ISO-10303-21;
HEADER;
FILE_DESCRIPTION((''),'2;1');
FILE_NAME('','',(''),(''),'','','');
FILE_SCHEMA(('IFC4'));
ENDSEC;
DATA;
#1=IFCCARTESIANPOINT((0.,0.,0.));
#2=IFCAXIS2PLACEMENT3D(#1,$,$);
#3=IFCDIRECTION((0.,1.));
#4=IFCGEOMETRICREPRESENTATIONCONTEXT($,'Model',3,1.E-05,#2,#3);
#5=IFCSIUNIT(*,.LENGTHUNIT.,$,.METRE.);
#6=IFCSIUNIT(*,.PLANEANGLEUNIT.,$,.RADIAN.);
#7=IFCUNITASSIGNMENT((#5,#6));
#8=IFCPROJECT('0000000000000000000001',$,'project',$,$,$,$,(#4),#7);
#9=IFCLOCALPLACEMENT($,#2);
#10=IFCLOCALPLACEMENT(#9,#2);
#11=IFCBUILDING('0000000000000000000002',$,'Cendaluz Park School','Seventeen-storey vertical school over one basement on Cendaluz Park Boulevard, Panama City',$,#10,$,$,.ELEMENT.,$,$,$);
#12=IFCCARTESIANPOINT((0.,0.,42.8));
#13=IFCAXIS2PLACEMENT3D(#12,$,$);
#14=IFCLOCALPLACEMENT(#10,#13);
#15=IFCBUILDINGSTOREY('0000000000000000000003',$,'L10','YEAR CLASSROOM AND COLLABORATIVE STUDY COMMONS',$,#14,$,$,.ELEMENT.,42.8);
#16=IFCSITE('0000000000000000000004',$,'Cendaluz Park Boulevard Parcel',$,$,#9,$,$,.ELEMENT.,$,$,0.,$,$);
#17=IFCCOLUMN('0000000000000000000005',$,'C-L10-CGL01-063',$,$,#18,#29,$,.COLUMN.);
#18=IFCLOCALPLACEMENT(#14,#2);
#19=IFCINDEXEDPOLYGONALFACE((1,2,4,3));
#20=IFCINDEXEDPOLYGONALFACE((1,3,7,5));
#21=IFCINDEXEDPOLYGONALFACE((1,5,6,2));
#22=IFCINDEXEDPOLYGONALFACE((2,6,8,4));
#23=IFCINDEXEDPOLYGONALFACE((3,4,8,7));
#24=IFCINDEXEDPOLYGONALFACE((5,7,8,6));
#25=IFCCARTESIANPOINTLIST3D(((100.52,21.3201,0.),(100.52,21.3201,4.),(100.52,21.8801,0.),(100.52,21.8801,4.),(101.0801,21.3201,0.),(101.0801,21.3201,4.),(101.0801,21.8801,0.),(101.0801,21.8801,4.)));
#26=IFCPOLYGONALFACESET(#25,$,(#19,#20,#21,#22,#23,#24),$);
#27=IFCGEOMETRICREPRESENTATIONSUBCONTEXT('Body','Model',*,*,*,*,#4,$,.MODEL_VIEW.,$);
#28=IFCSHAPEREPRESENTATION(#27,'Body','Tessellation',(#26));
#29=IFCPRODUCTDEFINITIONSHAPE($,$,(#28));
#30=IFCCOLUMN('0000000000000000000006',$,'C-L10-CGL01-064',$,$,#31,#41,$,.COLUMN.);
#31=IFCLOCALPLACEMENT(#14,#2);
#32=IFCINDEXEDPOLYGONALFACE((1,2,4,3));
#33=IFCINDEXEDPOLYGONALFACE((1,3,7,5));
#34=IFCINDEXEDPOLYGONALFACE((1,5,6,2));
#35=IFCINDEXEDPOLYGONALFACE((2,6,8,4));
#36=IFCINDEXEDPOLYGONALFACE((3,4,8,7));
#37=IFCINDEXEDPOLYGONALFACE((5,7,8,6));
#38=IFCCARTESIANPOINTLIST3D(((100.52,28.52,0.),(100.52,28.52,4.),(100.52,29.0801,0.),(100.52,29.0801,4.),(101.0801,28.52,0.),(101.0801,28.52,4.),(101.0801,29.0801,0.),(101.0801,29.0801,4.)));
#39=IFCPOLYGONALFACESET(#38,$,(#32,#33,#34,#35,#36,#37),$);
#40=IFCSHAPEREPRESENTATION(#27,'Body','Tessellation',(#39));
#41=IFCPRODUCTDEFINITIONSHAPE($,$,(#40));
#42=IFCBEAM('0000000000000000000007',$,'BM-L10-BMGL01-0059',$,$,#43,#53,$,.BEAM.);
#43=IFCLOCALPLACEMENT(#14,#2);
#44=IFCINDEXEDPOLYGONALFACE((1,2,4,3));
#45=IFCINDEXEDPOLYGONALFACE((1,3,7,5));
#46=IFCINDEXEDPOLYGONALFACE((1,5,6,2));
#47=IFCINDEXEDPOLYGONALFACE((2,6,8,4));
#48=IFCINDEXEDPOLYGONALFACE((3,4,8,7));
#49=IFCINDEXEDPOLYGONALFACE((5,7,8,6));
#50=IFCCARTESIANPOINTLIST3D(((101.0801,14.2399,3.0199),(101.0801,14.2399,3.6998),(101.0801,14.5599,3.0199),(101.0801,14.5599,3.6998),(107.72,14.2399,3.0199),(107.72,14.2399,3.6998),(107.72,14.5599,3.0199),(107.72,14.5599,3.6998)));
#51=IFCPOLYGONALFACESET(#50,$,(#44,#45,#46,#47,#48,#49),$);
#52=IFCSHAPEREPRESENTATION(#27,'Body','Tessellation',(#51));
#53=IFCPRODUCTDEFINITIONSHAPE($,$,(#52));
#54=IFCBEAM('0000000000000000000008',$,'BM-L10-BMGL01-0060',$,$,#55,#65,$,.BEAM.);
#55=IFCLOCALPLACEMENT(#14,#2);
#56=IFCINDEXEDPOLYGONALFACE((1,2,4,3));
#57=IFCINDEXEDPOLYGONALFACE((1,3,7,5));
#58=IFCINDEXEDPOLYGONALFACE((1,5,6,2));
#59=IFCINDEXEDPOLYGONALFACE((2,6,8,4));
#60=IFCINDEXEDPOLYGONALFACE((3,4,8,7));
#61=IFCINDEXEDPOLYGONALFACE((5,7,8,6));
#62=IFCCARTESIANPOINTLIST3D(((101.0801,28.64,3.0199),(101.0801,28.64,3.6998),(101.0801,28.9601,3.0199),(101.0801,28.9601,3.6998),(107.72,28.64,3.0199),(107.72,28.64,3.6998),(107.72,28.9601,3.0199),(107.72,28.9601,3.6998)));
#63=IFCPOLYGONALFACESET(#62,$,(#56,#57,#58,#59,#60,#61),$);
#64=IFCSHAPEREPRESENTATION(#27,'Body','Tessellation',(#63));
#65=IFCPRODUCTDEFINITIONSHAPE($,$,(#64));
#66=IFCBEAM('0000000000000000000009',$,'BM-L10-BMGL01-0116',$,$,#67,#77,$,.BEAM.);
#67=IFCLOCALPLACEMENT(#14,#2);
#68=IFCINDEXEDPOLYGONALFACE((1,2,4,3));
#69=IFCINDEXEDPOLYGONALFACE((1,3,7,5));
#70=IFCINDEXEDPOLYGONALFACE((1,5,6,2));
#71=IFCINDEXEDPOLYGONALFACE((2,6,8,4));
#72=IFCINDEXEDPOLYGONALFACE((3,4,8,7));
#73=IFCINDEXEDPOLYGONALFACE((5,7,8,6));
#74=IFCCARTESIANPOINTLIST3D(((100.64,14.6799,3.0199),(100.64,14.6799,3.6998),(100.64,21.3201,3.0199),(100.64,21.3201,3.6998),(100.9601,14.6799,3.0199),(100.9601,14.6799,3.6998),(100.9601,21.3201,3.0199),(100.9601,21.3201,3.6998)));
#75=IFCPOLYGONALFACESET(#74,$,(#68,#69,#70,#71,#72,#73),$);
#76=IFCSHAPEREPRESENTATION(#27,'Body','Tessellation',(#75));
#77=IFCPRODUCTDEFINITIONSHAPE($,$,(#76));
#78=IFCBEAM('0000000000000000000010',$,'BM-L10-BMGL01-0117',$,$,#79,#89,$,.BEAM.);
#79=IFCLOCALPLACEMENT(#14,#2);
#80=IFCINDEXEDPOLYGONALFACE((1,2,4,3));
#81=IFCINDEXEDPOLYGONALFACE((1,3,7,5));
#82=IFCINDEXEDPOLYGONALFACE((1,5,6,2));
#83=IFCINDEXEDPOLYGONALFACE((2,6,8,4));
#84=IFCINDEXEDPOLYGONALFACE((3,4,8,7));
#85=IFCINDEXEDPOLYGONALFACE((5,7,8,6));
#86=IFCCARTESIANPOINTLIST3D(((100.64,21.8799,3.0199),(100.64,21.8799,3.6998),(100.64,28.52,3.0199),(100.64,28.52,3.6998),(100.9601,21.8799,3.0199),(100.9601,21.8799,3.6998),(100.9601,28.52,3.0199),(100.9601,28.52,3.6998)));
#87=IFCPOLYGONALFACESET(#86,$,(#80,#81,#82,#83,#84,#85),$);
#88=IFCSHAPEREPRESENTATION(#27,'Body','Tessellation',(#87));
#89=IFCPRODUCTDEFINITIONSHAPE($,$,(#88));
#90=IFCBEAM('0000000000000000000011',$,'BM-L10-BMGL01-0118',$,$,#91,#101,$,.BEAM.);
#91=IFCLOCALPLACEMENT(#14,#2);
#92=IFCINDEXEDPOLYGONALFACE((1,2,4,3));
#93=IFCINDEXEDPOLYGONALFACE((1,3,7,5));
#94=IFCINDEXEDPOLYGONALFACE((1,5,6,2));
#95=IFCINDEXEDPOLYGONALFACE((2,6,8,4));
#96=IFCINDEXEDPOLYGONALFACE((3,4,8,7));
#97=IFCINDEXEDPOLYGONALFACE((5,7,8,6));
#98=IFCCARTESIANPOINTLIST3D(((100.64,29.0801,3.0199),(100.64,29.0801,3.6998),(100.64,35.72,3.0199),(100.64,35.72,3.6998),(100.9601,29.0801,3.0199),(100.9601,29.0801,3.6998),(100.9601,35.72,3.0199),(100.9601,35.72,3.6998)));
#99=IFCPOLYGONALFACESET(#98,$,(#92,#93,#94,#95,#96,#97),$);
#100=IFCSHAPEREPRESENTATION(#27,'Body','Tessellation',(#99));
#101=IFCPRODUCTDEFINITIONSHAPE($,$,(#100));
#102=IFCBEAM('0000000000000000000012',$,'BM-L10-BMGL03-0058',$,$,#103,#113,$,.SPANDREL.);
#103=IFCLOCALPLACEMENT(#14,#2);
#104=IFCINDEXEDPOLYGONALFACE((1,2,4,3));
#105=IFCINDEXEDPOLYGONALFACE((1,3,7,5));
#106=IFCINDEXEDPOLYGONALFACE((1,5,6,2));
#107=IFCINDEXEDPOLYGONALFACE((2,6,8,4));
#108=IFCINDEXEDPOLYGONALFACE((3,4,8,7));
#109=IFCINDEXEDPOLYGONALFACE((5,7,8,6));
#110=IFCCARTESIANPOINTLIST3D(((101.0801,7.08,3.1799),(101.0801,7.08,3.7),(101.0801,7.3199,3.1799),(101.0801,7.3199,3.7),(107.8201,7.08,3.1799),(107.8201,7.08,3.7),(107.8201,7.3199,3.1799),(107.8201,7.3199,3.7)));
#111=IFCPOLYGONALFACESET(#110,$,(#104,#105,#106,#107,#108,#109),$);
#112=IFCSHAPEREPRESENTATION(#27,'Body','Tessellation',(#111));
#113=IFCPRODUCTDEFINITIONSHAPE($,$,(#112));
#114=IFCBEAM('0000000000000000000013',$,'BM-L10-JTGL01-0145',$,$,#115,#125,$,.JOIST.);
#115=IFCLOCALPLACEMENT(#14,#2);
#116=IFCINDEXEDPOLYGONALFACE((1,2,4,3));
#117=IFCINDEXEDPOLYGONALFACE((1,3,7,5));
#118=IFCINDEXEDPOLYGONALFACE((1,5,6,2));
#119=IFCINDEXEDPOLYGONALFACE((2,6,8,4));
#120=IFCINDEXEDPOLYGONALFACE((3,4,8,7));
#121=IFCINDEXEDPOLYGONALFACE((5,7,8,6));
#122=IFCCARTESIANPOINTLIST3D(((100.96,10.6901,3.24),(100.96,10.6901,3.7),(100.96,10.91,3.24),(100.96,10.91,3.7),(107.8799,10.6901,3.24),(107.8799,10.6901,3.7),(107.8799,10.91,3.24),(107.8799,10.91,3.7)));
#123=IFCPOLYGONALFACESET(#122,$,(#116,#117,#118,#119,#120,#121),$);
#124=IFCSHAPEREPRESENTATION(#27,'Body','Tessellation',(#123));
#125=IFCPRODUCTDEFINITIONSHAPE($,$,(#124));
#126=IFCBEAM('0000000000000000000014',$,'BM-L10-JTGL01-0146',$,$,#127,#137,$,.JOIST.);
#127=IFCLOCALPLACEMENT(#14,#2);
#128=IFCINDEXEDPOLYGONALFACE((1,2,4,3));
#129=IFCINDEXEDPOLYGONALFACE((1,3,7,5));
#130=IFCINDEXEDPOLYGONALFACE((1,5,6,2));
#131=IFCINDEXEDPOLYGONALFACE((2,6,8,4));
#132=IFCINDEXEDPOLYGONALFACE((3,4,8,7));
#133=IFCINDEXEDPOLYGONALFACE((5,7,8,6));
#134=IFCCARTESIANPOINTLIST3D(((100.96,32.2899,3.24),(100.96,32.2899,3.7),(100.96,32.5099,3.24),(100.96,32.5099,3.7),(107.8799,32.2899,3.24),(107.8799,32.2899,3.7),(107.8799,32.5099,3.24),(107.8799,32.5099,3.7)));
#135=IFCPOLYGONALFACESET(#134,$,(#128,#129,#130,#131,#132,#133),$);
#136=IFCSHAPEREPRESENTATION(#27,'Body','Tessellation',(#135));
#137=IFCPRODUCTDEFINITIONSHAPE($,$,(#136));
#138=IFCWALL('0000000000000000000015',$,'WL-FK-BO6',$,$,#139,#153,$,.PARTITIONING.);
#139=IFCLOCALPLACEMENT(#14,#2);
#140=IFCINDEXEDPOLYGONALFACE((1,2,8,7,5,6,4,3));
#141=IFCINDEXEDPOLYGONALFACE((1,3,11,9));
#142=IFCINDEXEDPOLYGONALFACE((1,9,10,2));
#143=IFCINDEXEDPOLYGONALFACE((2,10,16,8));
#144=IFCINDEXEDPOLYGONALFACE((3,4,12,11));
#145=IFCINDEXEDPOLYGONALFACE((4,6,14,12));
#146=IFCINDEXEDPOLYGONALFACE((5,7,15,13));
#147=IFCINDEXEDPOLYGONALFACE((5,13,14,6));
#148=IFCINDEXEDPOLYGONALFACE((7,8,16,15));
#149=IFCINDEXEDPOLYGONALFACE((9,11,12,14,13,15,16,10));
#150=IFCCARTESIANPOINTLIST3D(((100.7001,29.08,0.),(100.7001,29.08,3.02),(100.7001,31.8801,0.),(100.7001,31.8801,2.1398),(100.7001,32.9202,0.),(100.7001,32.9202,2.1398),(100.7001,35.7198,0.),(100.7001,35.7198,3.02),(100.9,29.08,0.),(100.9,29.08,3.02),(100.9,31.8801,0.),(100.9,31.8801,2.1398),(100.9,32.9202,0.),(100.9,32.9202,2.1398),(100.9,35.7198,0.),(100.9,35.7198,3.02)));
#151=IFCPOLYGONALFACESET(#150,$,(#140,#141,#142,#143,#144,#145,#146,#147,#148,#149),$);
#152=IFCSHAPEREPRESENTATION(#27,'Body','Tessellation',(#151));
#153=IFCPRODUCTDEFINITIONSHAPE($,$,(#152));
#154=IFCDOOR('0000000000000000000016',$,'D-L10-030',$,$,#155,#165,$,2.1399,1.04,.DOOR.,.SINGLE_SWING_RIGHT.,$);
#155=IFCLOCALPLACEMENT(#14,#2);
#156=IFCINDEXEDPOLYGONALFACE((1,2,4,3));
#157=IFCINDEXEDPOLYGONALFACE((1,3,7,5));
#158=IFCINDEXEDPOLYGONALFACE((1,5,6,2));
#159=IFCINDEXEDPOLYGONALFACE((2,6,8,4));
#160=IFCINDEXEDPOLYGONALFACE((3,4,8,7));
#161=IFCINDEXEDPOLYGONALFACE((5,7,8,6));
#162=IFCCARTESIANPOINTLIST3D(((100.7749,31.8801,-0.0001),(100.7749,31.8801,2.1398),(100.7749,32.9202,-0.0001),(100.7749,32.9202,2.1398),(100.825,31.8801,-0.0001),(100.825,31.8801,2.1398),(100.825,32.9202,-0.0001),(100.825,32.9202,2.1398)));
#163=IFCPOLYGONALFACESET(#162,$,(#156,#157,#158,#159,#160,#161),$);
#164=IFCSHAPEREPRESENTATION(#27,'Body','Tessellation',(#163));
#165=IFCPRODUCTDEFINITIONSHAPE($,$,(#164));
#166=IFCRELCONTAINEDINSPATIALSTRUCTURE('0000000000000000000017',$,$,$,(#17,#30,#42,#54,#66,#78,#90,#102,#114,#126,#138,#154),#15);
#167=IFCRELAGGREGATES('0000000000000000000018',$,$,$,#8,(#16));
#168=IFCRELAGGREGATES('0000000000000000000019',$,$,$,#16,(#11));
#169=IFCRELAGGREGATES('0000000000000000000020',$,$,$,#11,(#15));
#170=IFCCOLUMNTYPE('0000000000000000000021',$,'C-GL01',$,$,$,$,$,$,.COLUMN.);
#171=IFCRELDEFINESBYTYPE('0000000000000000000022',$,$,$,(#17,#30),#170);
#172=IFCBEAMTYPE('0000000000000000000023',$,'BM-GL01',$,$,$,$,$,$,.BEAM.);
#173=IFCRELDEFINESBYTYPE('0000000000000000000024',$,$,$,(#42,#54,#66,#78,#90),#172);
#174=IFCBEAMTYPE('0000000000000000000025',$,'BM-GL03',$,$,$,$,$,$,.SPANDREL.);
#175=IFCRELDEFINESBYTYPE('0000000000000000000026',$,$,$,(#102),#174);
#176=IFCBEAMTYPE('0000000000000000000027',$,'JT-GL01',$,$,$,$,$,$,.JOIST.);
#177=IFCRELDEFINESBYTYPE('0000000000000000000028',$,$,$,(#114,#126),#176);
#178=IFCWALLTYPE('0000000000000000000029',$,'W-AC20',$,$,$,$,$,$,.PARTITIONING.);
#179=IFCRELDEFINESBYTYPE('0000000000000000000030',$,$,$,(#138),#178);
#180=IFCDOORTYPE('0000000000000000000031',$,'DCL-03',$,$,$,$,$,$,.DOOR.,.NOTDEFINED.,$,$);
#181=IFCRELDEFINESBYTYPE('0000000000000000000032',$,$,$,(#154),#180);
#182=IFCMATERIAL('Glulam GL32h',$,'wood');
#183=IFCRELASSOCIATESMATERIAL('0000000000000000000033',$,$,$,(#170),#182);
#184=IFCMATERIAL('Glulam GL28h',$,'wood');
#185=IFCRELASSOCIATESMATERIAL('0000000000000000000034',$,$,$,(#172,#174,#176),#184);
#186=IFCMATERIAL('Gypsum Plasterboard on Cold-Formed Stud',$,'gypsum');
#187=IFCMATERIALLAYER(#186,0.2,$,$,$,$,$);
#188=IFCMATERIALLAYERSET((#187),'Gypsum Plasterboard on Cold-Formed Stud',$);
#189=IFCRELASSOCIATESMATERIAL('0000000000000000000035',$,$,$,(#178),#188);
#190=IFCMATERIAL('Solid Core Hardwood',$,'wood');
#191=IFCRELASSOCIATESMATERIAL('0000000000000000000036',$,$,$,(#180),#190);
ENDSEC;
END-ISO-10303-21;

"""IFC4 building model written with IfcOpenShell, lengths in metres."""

from ifc_helpers import new_model, si_unit, direction, frame, frame_2d, origin, origin_2d, place, context, subcontext, project, spatial, rectangle, extrude, material, layer, layer_set, material_profile, profile_set, type_object, element, fill, save


model = new_model("IFC4")

# Units and contexts
model_context = context("Model", 3, precision=1e-05, world=origin(), true_north=direction((0.0, 1.0)))
body_context = subcontext(model_context, "Body", "Model", "MODEL_VIEW")
ifc_project = project(units=[si_unit("LENGTHUNIT", "METRE"), si_unit("PLANEANGLEUNIT", "RADIAN")], contexts=[model_context])

# Site, building, storey
site_placement = place(None, origin())
site = spatial("IfcSite", under=ifc_project, at=site_placement, Name="Cendaluz Park Boulevard Parcel", CompositionType="ELEMENT", RefElevation=0.0)
building_placement = place(site_placement, origin())
building = spatial("IfcBuilding", under=site, at=building_placement, Name="Cendaluz Park School", Description="Seventeen-storey vertical school over one basement on Cendaluz Park Boulevard, Panama City", CompositionType="ELEMENT")
storey_placement = place(building_placement, frame((0.0, 0.0, 42.8)))
storey = spatial("IfcBuildingStorey", under=building, at=storey_placement, Name="L10", Description="YEAR CLASSROOM AND COLLABORATIVE STUDY COMMONS", CompositionType="ELEMENT", Elevation=42.8)

# Columns
ifc_material_1 = material(Name="Glulam GL32h", Category="wood")
ifc_material_profile_1 = material_profile(ifc_material_1, rectangle(XDim=0.5601, YDim=0.5601, at=origin_2d()), Name="GL32h 560x560", Category="wood")
ifc_profile_set_1 = profile_set([ifc_material_profile_1], Name="Glulam GL32h")
column_type = type_object("IfcColumnType", Name="C-GL01", PredefinedType="COLUMN", material=ifc_profile_set_1)
for number, where, z_axis, x_axis, name in (
    (1, (100.8, 21.6001, 0.0), (0.0, 0.0, 1.0), (1.0, 0.0, 0.0), "C-L10-CGL01-063"),
    (2, (100.8, 28.8, 0.0), (0.0, 0.0, 1.0), (1.0, 0.0, 0.0), "C-L10-CGL01-064"),
):
    element("IfcColumn", number, at=place(storey_placement, frame(where, z_axis=z_axis, x_axis=x_axis)), inside=storey, type_object=column_type, Name=name, PredefinedType="COLUMN", context=body_context, shape_type="SweptSolid", body=[
        extrude(rectangle(XDim=0.5601, YDim=0.5601, at=origin_2d()), origin(), (0.0, 0.0, 1.0), 4.0),
    ])

# Beams
ifc_material_2 = material(Name="Glulam GL28h", Category="wood")
ifc_material_profile_2 = material_profile(ifc_material_2, rectangle(XDim=0.3201, YDim=0.6799, at=origin_2d()), Name="GL28h 320x680", Category="wood")
ifc_profile_set_2 = profile_set([ifc_material_profile_2], Name="Glulam GL28h")
beam_type_1 = type_object("IfcBeamType", Name="BM-GL01", PredefinedType="BEAM", material=ifc_profile_set_2)
for number, where, z_axis, x_axis, name in (
    (3, (101.0801, 14.3999, 3.3599), (1.0, 0.0, 0.0), (0.0, 1.0, 0.0), "BM-L10-BMGL01-0059"),
    (4, (101.0801, 28.8, 3.3599), (1.0, 0.0, 0.0), (0.0, 1.0, 0.0), "BM-L10-BMGL01-0060"),
):
    element("IfcBeam", number, at=place(storey_placement, frame(where, z_axis=z_axis, x_axis=x_axis)), inside=storey, type_object=beam_type_1, Name=name, PredefinedType="BEAM", context=body_context, shape_type="SweptSolid", body=[
        extrude(rectangle(XDim=0.3201, YDim=0.6799, at=origin_2d()), origin(), (0.0, 0.0, 1.0), 6.6399),
    ])
for number, where, z_axis, x_axis, name in (
    (5, (100.8, 14.6799, 3.3599), (0.0, 1.0, 0.0), (-1.0, 0.0, 0.0), "BM-L10-BMGL01-0116"),
    (6, (100.8, 21.8799, 3.3599), (0.0, 1.0, 0.0), (-1.0, 0.0, 0.0), "BM-L10-BMGL01-0117"),
):
    element("IfcBeam", number, at=place(storey_placement, frame(where, z_axis=z_axis, x_axis=x_axis)), inside=storey, type_object=beam_type_1, Name=name, PredefinedType="BEAM", context=body_context, shape_type="SweptSolid", body=[
        extrude(rectangle(XDim=0.3201, YDim=0.6799, at=origin_2d()), origin(), (0.0, 0.0, 1.0), 6.6401),
    ])
beam_1_placement = place(storey_placement, frame((100.8, 29.0801, 3.3599), z_axis=(0.0, 1.0, 0.0), x_axis=(-1.0, 0.0, 0.0)))
element("IfcBeam", 7, at=beam_1_placement, inside=storey, type_object=beam_type_1, Name="BM-L10-BMGL01-0118", PredefinedType="BEAM", context=body_context, shape_type="SweptSolid", body=[
    extrude(rectangle(XDim=0.3201, YDim=0.6799, at=origin_2d()), origin(), (0.0, 0.0, 1.0), 6.6399),
])
ifc_material_profile_3 = material_profile(ifc_material_2, rectangle(XDim=0.24, YDim=0.52, at=origin_2d()), Name="GL28h 240x520", Category="wood")
ifc_profile_set_3 = profile_set([ifc_material_profile_3], Name="Glulam GL28h")
beam_type_2 = type_object("IfcBeamType", Name="BM-GL03", PredefinedType="SPANDREL", material=ifc_profile_set_3)
beam_2_placement = place(storey_placement, frame((101.0801, 7.2, 3.4399), z_axis=(1.0, 0.0, 0.0), x_axis=(0.0, 1.0, 0.0)))
element("IfcBeam", 8, at=beam_2_placement, inside=storey, type_object=beam_type_2, Name="BM-L10-BMGL03-0058", PredefinedType="SPANDREL", context=body_context, shape_type="SweptSolid", body=[
    extrude(rectangle(XDim=0.24, YDim=0.52, at=origin_2d()), origin(), (0.0, 0.0, 1.0), 6.74),
])
ifc_material_profile_4 = material_profile(ifc_material_2, rectangle(XDim=0.22, YDim=0.46, at=origin_2d()), Name="GL28h 220x460", Category="wood")
ifc_profile_set_4 = profile_set([ifc_material_profile_4], Name="Glulam GL28h")
beam_type_3 = type_object("IfcBeamType", Name="JT-GL01", PredefinedType="JOIST", material=ifc_profile_set_4)
for number, where, z_axis, x_axis, name in (
    (9, (100.96, 10.8, 3.47), (1.0, 0.0, 0.0), (0.0, 1.0, 0.0), "BM-L10-JTGL01-0145"),
    (10, (100.96, 32.3999, 3.47), (1.0, 0.0, 0.0), (0.0, 1.0, 0.0), "BM-L10-JTGL01-0146"),
):
    element("IfcBeam", number, at=place(storey_placement, frame(where, z_axis=z_axis, x_axis=x_axis)), inside=storey, type_object=beam_type_3, Name=name, PredefinedType="JOIST", context=body_context, shape_type="SweptSolid", body=[
        extrude(rectangle(XDim=0.22, YDim=0.46, at=origin_2d()), origin(), (0.0, 0.0, 1.0), 6.9199),
    ])

# Wall, opening, door
ifc_material_3 = material(Name="Gypsum Plasterboard on Cold-Formed Stud", Category="gypsum")
ifc_layer_1 = layer(ifc_material_3, 0.2)
ifc_layer_set_1 = layer_set([ifc_layer_1], Name="Gypsum Plasterboard on Cold-Formed Stud")
wall_type_1 = type_object("IfcWallType", Name="W-AC20", PredefinedType="PARTITIONING", material=ifc_layer_set_1)
wall_1_placement = place(storey_placement, frame((100.8, 29.0801, 0.0), z_axis=(0.0, 0.0, 1.0), x_axis=(0.0, 1.0, 0.0)))
wall_1 = element("IfcWall", 11, at=wall_1_placement, inside=storey, type_object=wall_type_1, Name="WL-FK-BO6", PredefinedType="PARTITIONING", context=body_context, shape_type="SweptSolid", body=[
    extrude(rectangle(XDim=6.6399, YDim=0.2, at=frame_2d((3.3198, 0.0))), origin(), (0.0, 0.0, 1.0), 3.02),
])
opening_1_placement = place(wall_1_placement, frame((2.8, 0.0, 0.0)))
opening_1 = element("IfcOpeningElement", 12, at=opening_1_placement, cuts=wall_1, PredefinedType="OPENING", context=body_context, shape_type="SweptSolid", body=[
    extrude(rectangle(XDim=1.04, YDim=2.1399, at=frame_2d((0.52, 1.0698))), frame((0.0, 0.1121, 0.0), z_axis=(0.0, -1.0, 0.0), x_axis=(1.0, 0.0, 0.0)), (0.0, 0.0, 1.0), 0.2239),
])
ifc_material_4 = material(Name="Solid Core Hardwood", Category="wood")
door_type_1 = type_object("IfcDoorType", Name="DCL-03", OperationType="NOTDEFINED", PredefinedType="DOOR", material=ifc_material_4)
door_1_placement = place(opening_1_placement, frame((1.04, 0.0, 0.0), z_axis=(0.0, 0.0, 1.0), x_axis=(-1.0, 0.0, 0.0)))
door_1 = element("IfcDoor", 13, at=door_1_placement, inside=storey, type_object=door_type_1, Name="D-L10-030", OperationType="SINGLE_SWING_RIGHT", OverallHeight=2.1399, OverallWidth=1.04, PredefinedType="DOOR", context=body_context, shape_type="SweptSolid", body=[
    extrude(rectangle(XDim=1.04, YDim=2.1399, at=frame_2d((0.52, 1.0698))), frame((0.0, 0.0249, 0.0), z_axis=(0.0, -1.0, 0.0), x_axis=(1.0, 0.0, 0.0)), (0.0, 0.0, 1.0), 0.05),
])
fill(opening_1, door_1)

save(model, "model.ifc")
